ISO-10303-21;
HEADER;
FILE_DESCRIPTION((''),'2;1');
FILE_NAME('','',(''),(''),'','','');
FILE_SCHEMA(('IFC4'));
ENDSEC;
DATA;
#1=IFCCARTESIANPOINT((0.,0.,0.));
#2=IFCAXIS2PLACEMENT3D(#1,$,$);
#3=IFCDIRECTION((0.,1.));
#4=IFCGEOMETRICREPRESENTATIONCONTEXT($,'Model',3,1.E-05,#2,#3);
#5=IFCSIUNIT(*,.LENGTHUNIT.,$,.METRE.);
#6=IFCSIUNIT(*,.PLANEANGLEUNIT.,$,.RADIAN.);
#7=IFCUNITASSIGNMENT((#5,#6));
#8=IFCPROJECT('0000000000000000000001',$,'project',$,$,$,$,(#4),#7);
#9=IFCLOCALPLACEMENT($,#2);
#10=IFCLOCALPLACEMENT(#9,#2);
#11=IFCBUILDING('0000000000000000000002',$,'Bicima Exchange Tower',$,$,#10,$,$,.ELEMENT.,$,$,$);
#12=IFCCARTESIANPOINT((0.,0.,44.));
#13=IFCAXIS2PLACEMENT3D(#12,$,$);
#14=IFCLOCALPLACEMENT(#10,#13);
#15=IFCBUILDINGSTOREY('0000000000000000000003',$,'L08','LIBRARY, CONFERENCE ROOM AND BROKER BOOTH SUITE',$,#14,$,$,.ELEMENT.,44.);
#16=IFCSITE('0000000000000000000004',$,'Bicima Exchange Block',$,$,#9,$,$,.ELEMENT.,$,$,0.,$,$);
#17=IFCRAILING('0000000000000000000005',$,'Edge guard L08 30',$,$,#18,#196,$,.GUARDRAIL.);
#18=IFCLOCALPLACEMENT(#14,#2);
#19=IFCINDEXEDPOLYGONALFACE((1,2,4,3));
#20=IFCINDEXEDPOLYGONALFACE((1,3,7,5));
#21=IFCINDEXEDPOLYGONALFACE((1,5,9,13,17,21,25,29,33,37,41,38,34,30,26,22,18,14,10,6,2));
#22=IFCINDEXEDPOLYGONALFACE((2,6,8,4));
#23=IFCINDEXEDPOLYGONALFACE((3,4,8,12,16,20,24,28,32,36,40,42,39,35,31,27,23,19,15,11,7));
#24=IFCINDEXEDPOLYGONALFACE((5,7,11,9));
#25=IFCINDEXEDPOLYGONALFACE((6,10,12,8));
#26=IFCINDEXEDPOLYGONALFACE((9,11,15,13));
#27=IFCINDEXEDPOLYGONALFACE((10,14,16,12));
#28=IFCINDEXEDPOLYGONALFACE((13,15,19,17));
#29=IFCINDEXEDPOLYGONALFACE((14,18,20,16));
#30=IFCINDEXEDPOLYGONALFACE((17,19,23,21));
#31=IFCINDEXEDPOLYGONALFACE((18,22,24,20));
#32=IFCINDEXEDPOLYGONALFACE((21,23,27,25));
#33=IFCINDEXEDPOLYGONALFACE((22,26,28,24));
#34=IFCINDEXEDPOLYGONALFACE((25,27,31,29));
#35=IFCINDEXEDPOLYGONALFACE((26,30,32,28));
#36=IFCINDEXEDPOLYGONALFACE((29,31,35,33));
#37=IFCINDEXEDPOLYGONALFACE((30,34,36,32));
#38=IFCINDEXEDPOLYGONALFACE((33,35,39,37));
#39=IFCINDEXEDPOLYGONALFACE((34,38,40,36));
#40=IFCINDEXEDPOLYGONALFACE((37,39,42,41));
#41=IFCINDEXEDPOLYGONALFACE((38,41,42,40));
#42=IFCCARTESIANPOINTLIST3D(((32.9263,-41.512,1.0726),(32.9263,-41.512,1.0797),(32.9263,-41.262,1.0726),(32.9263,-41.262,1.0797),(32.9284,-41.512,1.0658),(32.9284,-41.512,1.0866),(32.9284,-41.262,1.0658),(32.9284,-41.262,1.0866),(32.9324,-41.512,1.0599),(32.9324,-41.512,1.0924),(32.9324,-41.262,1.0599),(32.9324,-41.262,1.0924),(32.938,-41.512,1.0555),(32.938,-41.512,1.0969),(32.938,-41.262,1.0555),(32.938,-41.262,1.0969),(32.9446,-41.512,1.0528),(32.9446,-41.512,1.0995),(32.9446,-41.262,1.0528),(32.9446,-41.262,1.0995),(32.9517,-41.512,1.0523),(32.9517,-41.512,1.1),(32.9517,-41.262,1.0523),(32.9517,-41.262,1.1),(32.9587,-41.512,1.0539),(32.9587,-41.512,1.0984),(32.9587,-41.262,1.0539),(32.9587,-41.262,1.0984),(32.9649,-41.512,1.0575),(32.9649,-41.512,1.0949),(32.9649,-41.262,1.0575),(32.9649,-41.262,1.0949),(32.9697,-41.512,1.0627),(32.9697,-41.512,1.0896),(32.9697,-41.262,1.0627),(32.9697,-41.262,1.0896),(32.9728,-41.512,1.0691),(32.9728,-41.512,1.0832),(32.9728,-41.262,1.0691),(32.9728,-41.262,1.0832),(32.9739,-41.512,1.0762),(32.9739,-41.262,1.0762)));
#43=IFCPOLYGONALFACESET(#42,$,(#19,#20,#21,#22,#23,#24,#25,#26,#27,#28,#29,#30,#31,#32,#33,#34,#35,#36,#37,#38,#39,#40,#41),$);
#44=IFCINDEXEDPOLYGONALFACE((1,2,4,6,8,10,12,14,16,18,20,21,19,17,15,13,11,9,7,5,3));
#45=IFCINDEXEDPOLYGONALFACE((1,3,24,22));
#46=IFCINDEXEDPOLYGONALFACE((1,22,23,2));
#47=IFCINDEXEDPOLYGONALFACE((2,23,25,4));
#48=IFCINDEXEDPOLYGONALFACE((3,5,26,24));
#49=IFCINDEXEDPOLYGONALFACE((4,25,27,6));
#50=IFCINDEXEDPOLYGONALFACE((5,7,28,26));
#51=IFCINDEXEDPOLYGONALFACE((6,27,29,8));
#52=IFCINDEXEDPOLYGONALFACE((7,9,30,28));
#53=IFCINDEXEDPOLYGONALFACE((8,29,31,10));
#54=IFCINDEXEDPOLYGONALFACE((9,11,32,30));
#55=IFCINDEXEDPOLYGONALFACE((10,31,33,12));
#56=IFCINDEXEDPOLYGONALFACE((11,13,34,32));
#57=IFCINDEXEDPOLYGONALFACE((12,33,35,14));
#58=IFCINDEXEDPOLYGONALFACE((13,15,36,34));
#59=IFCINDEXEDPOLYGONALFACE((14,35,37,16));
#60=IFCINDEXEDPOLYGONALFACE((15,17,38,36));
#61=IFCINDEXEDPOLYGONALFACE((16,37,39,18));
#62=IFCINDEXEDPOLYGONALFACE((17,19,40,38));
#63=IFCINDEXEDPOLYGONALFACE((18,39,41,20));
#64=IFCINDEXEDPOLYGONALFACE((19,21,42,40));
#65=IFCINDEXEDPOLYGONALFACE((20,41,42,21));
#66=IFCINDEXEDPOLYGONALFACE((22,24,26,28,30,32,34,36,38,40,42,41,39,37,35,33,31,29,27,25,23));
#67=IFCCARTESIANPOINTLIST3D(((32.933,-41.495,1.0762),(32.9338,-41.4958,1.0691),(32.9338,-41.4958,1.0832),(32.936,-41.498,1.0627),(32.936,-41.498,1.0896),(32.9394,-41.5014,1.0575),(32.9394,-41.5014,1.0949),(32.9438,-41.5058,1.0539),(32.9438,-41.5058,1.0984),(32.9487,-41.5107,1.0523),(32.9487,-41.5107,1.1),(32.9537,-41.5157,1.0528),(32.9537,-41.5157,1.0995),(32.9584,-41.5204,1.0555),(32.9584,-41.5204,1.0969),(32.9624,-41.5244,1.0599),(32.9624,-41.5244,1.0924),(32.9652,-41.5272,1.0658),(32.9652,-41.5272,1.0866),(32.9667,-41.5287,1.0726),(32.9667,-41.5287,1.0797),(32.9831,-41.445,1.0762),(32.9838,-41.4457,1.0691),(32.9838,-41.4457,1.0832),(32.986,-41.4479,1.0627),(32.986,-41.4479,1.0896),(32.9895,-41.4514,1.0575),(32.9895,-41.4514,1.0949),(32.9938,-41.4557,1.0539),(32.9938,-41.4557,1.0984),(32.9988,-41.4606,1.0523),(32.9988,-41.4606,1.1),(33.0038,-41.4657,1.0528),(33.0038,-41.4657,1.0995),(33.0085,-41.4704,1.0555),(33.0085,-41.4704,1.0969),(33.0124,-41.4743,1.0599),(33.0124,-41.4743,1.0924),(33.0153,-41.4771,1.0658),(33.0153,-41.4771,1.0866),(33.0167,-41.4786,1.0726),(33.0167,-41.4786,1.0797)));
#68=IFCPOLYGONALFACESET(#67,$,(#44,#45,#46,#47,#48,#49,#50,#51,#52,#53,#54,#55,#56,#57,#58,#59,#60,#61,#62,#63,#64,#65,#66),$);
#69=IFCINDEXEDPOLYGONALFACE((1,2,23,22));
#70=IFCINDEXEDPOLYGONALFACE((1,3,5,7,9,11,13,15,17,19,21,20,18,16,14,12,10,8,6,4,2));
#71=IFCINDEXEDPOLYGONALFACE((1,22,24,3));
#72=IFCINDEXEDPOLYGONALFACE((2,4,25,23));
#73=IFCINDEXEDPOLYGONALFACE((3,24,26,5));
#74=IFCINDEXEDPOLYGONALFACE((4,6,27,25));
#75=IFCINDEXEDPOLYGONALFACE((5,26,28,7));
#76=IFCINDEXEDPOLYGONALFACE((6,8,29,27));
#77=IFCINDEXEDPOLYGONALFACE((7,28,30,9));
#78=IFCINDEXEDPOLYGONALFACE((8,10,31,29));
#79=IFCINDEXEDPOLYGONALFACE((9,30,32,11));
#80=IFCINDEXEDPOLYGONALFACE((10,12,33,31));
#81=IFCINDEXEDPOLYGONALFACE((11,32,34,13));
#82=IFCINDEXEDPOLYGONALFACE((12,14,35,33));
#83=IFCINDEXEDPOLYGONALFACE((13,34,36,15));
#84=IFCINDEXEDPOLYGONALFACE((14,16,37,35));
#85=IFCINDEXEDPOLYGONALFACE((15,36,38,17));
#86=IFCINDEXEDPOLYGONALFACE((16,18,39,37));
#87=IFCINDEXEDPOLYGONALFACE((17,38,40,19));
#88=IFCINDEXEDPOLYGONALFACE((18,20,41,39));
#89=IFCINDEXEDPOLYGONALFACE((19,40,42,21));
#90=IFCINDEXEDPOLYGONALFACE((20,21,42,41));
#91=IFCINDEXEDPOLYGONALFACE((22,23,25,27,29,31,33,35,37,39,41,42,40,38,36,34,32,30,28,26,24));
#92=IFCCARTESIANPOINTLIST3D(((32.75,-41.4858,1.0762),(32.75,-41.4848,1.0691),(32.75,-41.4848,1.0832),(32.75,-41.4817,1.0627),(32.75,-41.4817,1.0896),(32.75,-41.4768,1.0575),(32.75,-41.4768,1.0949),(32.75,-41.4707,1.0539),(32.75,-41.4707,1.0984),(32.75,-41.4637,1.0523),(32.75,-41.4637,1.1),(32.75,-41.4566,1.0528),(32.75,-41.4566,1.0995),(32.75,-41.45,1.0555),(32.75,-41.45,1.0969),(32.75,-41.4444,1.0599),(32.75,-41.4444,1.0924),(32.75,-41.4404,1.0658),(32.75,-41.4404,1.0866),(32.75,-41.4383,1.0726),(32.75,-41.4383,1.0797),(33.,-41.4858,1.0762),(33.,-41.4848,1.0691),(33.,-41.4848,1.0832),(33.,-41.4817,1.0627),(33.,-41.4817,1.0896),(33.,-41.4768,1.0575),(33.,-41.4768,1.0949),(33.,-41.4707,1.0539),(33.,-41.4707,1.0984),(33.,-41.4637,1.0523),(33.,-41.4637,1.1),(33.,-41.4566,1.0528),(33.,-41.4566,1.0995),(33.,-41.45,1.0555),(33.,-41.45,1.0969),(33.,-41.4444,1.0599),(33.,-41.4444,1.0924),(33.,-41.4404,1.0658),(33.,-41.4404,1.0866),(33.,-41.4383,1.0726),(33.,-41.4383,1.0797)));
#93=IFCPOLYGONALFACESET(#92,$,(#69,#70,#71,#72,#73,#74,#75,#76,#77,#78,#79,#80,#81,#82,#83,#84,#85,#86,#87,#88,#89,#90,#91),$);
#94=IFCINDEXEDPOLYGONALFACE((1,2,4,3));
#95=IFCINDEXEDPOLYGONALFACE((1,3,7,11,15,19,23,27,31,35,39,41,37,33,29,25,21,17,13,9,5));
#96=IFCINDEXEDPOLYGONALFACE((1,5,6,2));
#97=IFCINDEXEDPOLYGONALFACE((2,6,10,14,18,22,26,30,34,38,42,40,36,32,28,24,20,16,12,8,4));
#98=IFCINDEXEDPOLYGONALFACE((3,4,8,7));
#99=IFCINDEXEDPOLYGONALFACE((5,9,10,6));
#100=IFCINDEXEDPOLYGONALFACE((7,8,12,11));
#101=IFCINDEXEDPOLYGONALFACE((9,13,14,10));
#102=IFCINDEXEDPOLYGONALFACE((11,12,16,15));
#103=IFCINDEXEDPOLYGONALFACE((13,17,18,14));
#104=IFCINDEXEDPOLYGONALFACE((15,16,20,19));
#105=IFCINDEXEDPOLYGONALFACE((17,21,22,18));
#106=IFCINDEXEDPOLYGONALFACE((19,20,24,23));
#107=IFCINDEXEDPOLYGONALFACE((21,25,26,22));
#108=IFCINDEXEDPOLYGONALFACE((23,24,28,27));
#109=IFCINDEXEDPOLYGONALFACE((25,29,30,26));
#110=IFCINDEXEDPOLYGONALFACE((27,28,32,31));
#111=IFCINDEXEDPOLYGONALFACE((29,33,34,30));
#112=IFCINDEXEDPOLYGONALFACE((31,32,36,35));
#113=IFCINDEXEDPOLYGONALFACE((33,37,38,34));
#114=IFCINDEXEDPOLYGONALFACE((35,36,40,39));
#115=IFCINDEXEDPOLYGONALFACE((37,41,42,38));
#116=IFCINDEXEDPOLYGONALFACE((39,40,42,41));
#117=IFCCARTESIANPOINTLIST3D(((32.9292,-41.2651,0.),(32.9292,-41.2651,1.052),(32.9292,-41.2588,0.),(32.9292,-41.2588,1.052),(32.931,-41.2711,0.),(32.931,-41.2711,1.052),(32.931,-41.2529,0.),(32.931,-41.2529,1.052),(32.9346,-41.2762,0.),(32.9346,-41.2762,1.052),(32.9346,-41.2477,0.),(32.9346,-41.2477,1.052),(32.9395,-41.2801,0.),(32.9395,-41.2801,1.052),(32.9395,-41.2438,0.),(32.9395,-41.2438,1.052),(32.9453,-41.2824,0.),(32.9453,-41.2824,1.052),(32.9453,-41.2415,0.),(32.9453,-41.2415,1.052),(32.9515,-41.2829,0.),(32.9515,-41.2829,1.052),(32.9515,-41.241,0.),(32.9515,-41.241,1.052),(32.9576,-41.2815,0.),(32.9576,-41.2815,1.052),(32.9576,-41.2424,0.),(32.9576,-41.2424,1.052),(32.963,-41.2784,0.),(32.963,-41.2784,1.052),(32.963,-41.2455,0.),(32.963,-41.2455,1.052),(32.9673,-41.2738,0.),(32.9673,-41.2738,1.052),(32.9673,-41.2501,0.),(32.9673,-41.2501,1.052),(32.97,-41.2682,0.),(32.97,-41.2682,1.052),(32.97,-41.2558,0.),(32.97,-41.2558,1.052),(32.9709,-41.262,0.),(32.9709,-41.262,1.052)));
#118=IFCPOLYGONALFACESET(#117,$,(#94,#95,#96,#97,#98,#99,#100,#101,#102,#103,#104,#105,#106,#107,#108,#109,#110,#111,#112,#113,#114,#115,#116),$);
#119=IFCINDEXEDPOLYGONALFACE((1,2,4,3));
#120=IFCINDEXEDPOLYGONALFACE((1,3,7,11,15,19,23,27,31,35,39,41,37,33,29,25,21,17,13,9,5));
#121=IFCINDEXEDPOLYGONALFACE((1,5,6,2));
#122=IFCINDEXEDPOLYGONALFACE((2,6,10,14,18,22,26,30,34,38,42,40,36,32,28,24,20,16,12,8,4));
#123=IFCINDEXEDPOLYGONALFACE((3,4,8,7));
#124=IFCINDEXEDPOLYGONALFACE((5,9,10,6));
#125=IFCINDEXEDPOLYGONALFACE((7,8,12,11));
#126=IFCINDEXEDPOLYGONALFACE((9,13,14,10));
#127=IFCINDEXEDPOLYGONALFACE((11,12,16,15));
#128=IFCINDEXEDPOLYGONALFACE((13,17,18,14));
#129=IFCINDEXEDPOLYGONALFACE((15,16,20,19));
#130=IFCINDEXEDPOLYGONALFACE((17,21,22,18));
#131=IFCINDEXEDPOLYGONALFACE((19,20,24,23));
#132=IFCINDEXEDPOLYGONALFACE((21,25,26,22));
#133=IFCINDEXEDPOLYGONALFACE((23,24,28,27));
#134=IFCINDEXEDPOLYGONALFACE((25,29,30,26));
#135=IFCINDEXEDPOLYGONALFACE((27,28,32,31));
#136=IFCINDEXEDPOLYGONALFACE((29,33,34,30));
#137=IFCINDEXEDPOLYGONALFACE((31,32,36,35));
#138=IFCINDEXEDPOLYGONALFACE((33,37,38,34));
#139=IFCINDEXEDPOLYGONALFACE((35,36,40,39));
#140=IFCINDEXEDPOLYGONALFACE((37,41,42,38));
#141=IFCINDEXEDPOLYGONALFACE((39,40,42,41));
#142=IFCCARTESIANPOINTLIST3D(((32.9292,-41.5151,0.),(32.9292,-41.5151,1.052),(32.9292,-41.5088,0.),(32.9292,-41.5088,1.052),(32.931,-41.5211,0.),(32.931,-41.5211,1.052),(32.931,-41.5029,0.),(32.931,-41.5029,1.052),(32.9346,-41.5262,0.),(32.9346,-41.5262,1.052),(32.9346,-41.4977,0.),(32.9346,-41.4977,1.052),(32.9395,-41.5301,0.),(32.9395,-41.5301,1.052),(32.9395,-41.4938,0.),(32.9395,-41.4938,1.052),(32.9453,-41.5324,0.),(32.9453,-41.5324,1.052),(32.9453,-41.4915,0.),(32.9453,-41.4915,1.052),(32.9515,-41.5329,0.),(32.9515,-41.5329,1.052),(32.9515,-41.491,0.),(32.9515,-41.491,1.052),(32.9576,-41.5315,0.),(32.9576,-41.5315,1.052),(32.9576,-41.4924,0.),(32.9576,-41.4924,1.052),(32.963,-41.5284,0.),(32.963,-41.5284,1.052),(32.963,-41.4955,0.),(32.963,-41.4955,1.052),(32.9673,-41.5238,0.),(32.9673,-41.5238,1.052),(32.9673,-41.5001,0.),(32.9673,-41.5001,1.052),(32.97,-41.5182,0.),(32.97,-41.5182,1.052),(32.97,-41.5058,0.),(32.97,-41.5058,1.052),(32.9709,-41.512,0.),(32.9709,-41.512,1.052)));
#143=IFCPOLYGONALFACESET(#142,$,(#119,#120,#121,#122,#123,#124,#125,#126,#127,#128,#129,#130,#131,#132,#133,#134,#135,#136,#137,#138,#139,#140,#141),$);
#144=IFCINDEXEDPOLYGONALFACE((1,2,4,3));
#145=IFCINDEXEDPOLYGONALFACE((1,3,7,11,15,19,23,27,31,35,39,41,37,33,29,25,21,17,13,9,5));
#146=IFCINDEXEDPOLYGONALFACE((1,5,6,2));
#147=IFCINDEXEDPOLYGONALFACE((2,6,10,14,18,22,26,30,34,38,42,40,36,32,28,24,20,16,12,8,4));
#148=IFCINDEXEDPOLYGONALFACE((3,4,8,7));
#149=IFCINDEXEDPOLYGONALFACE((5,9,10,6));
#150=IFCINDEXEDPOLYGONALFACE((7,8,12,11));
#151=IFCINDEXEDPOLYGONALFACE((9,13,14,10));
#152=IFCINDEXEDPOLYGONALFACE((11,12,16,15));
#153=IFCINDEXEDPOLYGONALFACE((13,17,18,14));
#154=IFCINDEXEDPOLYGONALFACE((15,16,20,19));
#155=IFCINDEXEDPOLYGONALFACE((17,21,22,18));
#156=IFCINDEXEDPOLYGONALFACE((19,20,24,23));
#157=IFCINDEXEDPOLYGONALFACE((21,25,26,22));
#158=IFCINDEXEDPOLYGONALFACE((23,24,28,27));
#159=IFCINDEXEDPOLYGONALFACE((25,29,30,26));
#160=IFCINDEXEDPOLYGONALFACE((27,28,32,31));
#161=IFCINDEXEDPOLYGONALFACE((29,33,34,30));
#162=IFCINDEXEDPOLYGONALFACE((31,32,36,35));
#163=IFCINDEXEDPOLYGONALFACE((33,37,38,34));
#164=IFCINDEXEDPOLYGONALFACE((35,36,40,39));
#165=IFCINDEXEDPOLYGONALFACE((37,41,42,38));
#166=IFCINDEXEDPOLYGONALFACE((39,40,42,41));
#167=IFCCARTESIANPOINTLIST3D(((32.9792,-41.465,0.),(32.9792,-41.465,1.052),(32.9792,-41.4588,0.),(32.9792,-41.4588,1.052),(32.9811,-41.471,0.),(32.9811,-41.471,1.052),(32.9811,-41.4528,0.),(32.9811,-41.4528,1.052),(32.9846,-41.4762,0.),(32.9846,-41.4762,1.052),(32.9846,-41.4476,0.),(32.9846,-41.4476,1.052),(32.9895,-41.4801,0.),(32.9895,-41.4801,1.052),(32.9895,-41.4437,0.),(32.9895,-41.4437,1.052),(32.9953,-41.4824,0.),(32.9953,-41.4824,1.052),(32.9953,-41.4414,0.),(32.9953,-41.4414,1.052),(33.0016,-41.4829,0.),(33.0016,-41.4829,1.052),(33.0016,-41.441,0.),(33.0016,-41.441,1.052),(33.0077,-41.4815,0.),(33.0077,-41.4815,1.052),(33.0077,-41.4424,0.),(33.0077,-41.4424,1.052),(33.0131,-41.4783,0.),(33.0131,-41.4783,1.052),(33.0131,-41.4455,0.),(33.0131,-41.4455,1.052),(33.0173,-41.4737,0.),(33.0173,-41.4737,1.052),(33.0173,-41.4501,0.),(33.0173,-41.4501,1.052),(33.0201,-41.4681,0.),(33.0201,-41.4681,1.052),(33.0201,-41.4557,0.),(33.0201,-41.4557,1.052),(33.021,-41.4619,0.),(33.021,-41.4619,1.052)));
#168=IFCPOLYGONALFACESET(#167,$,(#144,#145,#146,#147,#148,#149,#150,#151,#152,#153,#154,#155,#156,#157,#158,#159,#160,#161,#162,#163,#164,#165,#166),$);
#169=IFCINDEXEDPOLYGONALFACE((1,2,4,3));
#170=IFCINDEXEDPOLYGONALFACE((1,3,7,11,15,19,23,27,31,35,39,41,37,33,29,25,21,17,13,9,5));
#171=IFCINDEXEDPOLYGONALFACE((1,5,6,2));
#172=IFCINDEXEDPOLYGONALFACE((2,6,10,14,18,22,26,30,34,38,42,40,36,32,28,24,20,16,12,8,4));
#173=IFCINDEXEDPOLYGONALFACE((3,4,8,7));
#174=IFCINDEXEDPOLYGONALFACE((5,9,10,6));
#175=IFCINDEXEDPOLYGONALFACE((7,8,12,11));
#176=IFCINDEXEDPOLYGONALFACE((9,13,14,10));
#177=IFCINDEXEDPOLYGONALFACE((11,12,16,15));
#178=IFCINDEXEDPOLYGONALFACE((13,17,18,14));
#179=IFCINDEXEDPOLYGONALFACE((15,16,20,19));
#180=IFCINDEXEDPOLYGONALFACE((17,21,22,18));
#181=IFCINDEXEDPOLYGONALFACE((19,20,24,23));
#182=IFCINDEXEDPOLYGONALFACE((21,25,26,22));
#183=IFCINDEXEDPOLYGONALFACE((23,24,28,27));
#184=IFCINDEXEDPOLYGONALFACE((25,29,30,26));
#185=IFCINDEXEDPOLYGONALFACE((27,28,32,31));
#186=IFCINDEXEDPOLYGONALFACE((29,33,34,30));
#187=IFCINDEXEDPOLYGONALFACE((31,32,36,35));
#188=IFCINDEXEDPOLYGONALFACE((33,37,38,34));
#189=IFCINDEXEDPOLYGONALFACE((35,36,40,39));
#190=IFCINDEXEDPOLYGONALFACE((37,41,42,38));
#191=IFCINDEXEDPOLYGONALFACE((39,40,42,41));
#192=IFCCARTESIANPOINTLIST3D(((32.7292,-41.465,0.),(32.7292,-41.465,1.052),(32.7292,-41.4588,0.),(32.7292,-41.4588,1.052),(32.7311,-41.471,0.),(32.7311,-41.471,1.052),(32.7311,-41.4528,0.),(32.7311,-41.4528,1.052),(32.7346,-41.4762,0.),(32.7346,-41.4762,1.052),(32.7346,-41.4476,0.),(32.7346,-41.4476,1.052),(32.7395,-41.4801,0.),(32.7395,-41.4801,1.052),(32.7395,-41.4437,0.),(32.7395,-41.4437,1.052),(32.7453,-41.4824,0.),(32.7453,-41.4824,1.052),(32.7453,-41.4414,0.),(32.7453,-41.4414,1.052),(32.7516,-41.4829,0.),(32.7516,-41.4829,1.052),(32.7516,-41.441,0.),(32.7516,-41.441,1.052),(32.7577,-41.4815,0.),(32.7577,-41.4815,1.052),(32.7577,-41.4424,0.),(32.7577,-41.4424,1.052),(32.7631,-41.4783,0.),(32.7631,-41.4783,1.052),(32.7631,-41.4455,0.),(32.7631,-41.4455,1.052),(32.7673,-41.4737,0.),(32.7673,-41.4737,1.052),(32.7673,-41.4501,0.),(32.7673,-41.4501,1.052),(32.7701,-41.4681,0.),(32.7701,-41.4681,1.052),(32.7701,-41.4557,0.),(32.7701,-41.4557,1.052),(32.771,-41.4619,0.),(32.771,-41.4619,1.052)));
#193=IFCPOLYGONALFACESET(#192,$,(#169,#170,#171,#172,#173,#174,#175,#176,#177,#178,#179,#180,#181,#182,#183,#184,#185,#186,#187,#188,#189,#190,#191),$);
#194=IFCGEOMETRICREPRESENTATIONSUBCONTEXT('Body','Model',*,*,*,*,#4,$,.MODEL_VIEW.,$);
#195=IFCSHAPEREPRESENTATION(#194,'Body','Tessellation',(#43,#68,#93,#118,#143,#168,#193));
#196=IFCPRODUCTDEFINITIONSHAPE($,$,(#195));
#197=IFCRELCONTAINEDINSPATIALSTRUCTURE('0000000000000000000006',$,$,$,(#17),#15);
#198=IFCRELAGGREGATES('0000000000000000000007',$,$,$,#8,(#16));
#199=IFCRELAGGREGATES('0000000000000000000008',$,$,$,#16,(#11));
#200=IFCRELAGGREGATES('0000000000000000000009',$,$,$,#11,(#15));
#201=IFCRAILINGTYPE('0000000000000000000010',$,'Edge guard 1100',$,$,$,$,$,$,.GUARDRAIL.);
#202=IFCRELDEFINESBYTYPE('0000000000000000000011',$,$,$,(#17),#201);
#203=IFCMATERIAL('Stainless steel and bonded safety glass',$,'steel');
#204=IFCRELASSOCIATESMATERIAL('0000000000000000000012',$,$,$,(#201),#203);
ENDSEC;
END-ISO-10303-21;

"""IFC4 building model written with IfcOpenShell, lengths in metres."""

from ifc_helpers import new_model, si_unit, direction, frame, origin, origin_2d, place, context, subcontext, project, spatial, circle, extrude, material, type_object, element, save


model = new_model("IFC4")

# Units and contexts
model_context = context("Model", 3, precision=1e-05, world=origin(), true_north=direction((0.0, 1.0)))
body_context = subcontext(model_context, "Body", "Model", "MODEL_VIEW")
ifc_project = project(units=[si_unit("LENGTHUNIT", "METRE"), si_unit("PLANEANGLEUNIT", "RADIAN")], contexts=[model_context])

# Site, building, storey
site_placement = place(None, origin())
site = spatial("IfcSite", under=ifc_project, at=site_placement, Name="Bicima Exchange Block", CompositionType="ELEMENT", RefElevation=0.0)
building_placement = place(site_placement, origin())
building = spatial("IfcBuilding", under=site, at=building_placement, Name="Bicima Exchange Tower", CompositionType="ELEMENT")
storey_placement = place(building_placement, frame((0.0, 0.0, 44.0)))
storey = spatial("IfcBuildingStorey", under=building, at=storey_placement, Name="L08", Description="LIBRARY, CONFERENCE ROOM AND BROKER BOOTH SUITE", CompositionType="ELEMENT", Elevation=44.0)

# Railing
ifc_material_1 = material(Name="Stainless steel and bonded safety glass", Category="steel")
railing_type = type_object("IfcRailingType", Name="Edge guard 1100", PredefinedType="GUARDRAIL", material=ifc_material_1)
railing_1_placement = place(storey_placement, frame((32.95, -41.262, 0.0)))
element("IfcRailing", 1, at=railing_1_placement, inside=storey, type_object=railing_type, Name="Edge guard L08 30", PredefinedType="GUARDRAIL", context=body_context, shape_type="SweptSolid", body=[
    extrude(circle(Radius=0.0239, at=origin_2d()), frame((0.0, 0.0, 1.0762), z_axis=(0.0, -1.0, 0.0), x_axis=(1.0, 0.0, 0.0)), (0.0, 0.0, 1.0), 0.25),
    extrude(circle(Radius=0.0239, at=origin_2d()), frame((0.0, -0.25, 1.0762), z_axis=(0.707107, 0.707107, 0.0), x_axis=(-0.707107, 0.707107, 0.0)), (0.0, 0.0, 1.0), 0.0708),
    extrude(circle(Radius=0.0239, at=origin_2d()), frame((0.05, -0.2, 1.0762), z_axis=(-1.0, 0.0, 0.0), x_axis=(0.0, -1.0, 0.0)), (0.0, 0.0, 1.0), 0.25),
    extrude(circle(Radius=0.021, at=origin_2d()), origin(), (0.0, 0.0, 1.0), 1.052),
    extrude(circle(Radius=0.021, at=origin_2d()), frame((0.0, -0.25, 0.0)), (0.0, 0.0, 1.0), 1.052),
    extrude(circle(Radius=0.021, at=origin_2d()), frame((0.05, -0.2, 0.0)), (0.0, 0.0, 1.0), 1.052),
    extrude(circle(Radius=0.021, at=origin_2d()), frame((-0.2, -0.2, 0.0)), (0.0, 0.0, 1.0), 1.052),
])

save(model, "model.ifc")
